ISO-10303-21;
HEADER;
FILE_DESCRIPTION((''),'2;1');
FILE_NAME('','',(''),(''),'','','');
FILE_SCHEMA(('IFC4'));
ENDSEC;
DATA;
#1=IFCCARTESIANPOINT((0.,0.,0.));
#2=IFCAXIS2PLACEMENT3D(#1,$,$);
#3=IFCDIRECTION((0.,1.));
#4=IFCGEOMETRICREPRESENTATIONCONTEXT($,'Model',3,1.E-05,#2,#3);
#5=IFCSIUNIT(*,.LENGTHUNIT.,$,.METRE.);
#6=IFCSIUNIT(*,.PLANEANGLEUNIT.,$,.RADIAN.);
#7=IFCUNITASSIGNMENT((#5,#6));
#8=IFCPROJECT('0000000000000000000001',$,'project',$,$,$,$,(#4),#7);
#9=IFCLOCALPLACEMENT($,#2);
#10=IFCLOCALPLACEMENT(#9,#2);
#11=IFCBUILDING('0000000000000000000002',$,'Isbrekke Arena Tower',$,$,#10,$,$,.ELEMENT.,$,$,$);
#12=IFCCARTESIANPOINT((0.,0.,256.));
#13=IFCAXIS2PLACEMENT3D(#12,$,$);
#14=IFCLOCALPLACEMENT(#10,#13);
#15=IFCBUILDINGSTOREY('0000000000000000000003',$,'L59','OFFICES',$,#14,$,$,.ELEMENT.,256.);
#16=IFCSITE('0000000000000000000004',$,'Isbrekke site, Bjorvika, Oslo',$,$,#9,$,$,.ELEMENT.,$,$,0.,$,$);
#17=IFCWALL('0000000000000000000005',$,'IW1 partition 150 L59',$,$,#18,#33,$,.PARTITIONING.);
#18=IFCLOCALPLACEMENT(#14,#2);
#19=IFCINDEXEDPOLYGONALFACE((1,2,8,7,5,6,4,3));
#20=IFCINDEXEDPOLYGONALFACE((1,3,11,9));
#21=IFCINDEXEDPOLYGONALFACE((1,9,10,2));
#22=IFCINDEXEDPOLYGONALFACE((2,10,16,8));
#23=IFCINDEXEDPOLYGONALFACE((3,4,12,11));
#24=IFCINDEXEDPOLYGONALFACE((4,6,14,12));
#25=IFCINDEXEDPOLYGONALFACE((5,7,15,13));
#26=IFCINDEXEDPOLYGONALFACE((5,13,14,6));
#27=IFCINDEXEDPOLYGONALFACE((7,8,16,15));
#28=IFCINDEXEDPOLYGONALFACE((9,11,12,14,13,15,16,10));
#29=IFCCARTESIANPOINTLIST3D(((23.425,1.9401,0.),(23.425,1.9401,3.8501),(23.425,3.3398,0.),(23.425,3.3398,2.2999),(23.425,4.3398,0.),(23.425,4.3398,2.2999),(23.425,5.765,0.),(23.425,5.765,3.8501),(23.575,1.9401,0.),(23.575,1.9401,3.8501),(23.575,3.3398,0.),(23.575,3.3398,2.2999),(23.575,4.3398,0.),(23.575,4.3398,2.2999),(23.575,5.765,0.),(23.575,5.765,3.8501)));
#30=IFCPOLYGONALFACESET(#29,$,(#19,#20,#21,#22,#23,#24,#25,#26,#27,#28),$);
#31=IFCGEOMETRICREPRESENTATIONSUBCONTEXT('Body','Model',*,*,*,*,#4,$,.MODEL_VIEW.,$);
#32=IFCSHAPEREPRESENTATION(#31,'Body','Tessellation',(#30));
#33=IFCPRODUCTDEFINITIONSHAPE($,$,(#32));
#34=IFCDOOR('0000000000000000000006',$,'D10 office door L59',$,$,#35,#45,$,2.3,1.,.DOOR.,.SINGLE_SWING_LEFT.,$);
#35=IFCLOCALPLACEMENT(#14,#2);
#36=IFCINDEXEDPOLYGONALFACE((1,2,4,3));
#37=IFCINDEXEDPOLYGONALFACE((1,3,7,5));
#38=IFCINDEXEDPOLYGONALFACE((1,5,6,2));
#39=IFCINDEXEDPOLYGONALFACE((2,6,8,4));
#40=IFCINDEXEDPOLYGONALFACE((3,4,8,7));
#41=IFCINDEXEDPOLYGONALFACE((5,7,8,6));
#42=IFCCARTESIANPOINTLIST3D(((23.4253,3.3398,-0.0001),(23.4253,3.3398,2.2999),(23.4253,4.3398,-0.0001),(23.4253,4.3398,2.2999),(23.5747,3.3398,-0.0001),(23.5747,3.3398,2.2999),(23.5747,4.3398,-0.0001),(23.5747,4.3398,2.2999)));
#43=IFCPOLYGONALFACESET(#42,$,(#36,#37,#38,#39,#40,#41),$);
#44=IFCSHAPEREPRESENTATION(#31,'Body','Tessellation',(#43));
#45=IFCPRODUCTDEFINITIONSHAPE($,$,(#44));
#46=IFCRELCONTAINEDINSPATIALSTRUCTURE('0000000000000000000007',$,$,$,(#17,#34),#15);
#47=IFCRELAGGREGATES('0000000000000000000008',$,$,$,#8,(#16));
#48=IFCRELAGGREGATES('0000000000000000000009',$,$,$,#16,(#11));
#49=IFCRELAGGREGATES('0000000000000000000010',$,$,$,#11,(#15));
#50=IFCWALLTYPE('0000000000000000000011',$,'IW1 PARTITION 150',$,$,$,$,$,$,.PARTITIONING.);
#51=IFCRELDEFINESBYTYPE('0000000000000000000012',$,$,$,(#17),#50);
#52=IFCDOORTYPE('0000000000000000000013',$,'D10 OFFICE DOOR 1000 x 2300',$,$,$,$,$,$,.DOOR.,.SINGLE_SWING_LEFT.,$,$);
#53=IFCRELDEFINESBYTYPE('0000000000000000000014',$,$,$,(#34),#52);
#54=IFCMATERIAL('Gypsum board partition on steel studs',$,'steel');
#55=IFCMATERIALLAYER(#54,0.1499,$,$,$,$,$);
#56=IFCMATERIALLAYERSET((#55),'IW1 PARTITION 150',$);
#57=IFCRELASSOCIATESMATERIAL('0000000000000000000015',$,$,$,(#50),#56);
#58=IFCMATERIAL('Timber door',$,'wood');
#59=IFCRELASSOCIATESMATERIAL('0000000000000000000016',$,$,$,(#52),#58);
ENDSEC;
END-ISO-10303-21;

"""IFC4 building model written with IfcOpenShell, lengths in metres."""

from ifc_helpers import new_model, si_unit, direction, frame, frame_2d, origin, place, context, subcontext, project, spatial, rectangle, extrude, material, layer, layer_set, type_object, element, fill, save


model = new_model("IFC4")

# Units and contexts
model_context = context("Model", 3, precision=1e-05, world=origin(), true_north=direction((0.0, 1.0)))
body_context = subcontext(model_context, "Body", "Model", "MODEL_VIEW")
ifc_project = project(units=[si_unit("LENGTHUNIT", "METRE"), si_unit("PLANEANGLEUNIT", "RADIAN")], contexts=[model_context])

# Site, building, storey
site_placement = place(None, origin())
site = spatial("IfcSite", under=ifc_project, at=site_placement, Name="Isbrekke site, Bjorvika, Oslo", CompositionType="ELEMENT", RefElevation=0.0)
building_placement = place(site_placement, origin())
building = spatial("IfcBuilding", under=site, at=building_placement, Name="Isbrekke Arena Tower", CompositionType="ELEMENT")
storey_placement = place(building_placement, frame((0.0, 0.0, 256.0)))
storey = spatial("IfcBuildingStorey", under=building, at=storey_placement, Name="L59", Description="OFFICES", CompositionType="ELEMENT", Elevation=256.0)

# Shared definitions
ifc_material_1 = material(Name="Gypsum board partition on steel studs", Category="steel")
ifc_layer_1 = layer(ifc_material_1, 0.1499)
ifc_layer_set_1 = layer_set([ifc_layer_1], Name="IW1 PARTITION 150")
wall_type = type_object("IfcWallType", Name="IW1 PARTITION 150", PredefinedType="PARTITIONING", material=ifc_layer_set_1)

# Wall, opening, door
ifc_material_2 = material(Name="Timber door", Category="wood")
door_type = type_object("IfcDoorType", Name="D10 OFFICE DOOR 1000 x 2300", OperationType="SINGLE_SWING_LEFT", PredefinedType="DOOR", material=ifc_material_2)
wall_1_placement = place(storey_placement, frame((23.5, 1.9399, 0.0), z_axis=(0.0, 0.0, 1.0), x_axis=(0.0, 1.0, 0.0)))
wall_1 = element("IfcWall", 1, at=wall_1_placement, inside=storey, type_object=wall_type, Name="IW1 partition 150 L59", PredefinedType="PARTITIONING", context=body_context, shape_type="SweptSolid", body=[
    extrude(rectangle(XDim=3.825, YDim=0.1499, at=frame_2d((1.9126, 0.0))), origin(), (0.0, 0.0, 1.0), 3.8501),
])
opening_1_placement = place(wall_1_placement, frame((1.3999, 0.0, 0.0)))
opening_1 = element("IfcOpeningElement", 2, at=opening_1_placement, cuts=wall_1, PredefinedType="OPENING", context=body_context, shape_type="SweptSolid", body=[
    extrude(rectangle(XDim=1.0, YDim=2.3, at=frame_2d((0.5, 1.1499))), frame((0.0, 0.0898, 0.0), z_axis=(0.0, -1.0, 0.0), x_axis=(1.0, 0.0, 0.0)), (0.0, 0.0, 1.0), 0.1797),
])
door_1_placement = place(opening_1_placement, origin())
door_1 = element("IfcDoor", 3, at=door_1_placement, inside=storey, type_object=door_type, Name="D10 office door L59", OperationType="SINGLE_SWING_LEFT", OverallHeight=2.3, OverallWidth=1.0, PredefinedType="DOOR", context=body_context, shape_type="SweptSolid", body=[
    extrude(rectangle(XDim=1.0, YDim=2.3, at=frame_2d((0.5, 1.1499))), frame((0.0, 0.0747, 0.0), z_axis=(0.0, -1.0, 0.0), x_axis=(1.0, 0.0, 0.0)), (0.0, 0.0, 1.0), 0.1494),
])
fill(opening_1, door_1)

save(model, "model.ifc")
